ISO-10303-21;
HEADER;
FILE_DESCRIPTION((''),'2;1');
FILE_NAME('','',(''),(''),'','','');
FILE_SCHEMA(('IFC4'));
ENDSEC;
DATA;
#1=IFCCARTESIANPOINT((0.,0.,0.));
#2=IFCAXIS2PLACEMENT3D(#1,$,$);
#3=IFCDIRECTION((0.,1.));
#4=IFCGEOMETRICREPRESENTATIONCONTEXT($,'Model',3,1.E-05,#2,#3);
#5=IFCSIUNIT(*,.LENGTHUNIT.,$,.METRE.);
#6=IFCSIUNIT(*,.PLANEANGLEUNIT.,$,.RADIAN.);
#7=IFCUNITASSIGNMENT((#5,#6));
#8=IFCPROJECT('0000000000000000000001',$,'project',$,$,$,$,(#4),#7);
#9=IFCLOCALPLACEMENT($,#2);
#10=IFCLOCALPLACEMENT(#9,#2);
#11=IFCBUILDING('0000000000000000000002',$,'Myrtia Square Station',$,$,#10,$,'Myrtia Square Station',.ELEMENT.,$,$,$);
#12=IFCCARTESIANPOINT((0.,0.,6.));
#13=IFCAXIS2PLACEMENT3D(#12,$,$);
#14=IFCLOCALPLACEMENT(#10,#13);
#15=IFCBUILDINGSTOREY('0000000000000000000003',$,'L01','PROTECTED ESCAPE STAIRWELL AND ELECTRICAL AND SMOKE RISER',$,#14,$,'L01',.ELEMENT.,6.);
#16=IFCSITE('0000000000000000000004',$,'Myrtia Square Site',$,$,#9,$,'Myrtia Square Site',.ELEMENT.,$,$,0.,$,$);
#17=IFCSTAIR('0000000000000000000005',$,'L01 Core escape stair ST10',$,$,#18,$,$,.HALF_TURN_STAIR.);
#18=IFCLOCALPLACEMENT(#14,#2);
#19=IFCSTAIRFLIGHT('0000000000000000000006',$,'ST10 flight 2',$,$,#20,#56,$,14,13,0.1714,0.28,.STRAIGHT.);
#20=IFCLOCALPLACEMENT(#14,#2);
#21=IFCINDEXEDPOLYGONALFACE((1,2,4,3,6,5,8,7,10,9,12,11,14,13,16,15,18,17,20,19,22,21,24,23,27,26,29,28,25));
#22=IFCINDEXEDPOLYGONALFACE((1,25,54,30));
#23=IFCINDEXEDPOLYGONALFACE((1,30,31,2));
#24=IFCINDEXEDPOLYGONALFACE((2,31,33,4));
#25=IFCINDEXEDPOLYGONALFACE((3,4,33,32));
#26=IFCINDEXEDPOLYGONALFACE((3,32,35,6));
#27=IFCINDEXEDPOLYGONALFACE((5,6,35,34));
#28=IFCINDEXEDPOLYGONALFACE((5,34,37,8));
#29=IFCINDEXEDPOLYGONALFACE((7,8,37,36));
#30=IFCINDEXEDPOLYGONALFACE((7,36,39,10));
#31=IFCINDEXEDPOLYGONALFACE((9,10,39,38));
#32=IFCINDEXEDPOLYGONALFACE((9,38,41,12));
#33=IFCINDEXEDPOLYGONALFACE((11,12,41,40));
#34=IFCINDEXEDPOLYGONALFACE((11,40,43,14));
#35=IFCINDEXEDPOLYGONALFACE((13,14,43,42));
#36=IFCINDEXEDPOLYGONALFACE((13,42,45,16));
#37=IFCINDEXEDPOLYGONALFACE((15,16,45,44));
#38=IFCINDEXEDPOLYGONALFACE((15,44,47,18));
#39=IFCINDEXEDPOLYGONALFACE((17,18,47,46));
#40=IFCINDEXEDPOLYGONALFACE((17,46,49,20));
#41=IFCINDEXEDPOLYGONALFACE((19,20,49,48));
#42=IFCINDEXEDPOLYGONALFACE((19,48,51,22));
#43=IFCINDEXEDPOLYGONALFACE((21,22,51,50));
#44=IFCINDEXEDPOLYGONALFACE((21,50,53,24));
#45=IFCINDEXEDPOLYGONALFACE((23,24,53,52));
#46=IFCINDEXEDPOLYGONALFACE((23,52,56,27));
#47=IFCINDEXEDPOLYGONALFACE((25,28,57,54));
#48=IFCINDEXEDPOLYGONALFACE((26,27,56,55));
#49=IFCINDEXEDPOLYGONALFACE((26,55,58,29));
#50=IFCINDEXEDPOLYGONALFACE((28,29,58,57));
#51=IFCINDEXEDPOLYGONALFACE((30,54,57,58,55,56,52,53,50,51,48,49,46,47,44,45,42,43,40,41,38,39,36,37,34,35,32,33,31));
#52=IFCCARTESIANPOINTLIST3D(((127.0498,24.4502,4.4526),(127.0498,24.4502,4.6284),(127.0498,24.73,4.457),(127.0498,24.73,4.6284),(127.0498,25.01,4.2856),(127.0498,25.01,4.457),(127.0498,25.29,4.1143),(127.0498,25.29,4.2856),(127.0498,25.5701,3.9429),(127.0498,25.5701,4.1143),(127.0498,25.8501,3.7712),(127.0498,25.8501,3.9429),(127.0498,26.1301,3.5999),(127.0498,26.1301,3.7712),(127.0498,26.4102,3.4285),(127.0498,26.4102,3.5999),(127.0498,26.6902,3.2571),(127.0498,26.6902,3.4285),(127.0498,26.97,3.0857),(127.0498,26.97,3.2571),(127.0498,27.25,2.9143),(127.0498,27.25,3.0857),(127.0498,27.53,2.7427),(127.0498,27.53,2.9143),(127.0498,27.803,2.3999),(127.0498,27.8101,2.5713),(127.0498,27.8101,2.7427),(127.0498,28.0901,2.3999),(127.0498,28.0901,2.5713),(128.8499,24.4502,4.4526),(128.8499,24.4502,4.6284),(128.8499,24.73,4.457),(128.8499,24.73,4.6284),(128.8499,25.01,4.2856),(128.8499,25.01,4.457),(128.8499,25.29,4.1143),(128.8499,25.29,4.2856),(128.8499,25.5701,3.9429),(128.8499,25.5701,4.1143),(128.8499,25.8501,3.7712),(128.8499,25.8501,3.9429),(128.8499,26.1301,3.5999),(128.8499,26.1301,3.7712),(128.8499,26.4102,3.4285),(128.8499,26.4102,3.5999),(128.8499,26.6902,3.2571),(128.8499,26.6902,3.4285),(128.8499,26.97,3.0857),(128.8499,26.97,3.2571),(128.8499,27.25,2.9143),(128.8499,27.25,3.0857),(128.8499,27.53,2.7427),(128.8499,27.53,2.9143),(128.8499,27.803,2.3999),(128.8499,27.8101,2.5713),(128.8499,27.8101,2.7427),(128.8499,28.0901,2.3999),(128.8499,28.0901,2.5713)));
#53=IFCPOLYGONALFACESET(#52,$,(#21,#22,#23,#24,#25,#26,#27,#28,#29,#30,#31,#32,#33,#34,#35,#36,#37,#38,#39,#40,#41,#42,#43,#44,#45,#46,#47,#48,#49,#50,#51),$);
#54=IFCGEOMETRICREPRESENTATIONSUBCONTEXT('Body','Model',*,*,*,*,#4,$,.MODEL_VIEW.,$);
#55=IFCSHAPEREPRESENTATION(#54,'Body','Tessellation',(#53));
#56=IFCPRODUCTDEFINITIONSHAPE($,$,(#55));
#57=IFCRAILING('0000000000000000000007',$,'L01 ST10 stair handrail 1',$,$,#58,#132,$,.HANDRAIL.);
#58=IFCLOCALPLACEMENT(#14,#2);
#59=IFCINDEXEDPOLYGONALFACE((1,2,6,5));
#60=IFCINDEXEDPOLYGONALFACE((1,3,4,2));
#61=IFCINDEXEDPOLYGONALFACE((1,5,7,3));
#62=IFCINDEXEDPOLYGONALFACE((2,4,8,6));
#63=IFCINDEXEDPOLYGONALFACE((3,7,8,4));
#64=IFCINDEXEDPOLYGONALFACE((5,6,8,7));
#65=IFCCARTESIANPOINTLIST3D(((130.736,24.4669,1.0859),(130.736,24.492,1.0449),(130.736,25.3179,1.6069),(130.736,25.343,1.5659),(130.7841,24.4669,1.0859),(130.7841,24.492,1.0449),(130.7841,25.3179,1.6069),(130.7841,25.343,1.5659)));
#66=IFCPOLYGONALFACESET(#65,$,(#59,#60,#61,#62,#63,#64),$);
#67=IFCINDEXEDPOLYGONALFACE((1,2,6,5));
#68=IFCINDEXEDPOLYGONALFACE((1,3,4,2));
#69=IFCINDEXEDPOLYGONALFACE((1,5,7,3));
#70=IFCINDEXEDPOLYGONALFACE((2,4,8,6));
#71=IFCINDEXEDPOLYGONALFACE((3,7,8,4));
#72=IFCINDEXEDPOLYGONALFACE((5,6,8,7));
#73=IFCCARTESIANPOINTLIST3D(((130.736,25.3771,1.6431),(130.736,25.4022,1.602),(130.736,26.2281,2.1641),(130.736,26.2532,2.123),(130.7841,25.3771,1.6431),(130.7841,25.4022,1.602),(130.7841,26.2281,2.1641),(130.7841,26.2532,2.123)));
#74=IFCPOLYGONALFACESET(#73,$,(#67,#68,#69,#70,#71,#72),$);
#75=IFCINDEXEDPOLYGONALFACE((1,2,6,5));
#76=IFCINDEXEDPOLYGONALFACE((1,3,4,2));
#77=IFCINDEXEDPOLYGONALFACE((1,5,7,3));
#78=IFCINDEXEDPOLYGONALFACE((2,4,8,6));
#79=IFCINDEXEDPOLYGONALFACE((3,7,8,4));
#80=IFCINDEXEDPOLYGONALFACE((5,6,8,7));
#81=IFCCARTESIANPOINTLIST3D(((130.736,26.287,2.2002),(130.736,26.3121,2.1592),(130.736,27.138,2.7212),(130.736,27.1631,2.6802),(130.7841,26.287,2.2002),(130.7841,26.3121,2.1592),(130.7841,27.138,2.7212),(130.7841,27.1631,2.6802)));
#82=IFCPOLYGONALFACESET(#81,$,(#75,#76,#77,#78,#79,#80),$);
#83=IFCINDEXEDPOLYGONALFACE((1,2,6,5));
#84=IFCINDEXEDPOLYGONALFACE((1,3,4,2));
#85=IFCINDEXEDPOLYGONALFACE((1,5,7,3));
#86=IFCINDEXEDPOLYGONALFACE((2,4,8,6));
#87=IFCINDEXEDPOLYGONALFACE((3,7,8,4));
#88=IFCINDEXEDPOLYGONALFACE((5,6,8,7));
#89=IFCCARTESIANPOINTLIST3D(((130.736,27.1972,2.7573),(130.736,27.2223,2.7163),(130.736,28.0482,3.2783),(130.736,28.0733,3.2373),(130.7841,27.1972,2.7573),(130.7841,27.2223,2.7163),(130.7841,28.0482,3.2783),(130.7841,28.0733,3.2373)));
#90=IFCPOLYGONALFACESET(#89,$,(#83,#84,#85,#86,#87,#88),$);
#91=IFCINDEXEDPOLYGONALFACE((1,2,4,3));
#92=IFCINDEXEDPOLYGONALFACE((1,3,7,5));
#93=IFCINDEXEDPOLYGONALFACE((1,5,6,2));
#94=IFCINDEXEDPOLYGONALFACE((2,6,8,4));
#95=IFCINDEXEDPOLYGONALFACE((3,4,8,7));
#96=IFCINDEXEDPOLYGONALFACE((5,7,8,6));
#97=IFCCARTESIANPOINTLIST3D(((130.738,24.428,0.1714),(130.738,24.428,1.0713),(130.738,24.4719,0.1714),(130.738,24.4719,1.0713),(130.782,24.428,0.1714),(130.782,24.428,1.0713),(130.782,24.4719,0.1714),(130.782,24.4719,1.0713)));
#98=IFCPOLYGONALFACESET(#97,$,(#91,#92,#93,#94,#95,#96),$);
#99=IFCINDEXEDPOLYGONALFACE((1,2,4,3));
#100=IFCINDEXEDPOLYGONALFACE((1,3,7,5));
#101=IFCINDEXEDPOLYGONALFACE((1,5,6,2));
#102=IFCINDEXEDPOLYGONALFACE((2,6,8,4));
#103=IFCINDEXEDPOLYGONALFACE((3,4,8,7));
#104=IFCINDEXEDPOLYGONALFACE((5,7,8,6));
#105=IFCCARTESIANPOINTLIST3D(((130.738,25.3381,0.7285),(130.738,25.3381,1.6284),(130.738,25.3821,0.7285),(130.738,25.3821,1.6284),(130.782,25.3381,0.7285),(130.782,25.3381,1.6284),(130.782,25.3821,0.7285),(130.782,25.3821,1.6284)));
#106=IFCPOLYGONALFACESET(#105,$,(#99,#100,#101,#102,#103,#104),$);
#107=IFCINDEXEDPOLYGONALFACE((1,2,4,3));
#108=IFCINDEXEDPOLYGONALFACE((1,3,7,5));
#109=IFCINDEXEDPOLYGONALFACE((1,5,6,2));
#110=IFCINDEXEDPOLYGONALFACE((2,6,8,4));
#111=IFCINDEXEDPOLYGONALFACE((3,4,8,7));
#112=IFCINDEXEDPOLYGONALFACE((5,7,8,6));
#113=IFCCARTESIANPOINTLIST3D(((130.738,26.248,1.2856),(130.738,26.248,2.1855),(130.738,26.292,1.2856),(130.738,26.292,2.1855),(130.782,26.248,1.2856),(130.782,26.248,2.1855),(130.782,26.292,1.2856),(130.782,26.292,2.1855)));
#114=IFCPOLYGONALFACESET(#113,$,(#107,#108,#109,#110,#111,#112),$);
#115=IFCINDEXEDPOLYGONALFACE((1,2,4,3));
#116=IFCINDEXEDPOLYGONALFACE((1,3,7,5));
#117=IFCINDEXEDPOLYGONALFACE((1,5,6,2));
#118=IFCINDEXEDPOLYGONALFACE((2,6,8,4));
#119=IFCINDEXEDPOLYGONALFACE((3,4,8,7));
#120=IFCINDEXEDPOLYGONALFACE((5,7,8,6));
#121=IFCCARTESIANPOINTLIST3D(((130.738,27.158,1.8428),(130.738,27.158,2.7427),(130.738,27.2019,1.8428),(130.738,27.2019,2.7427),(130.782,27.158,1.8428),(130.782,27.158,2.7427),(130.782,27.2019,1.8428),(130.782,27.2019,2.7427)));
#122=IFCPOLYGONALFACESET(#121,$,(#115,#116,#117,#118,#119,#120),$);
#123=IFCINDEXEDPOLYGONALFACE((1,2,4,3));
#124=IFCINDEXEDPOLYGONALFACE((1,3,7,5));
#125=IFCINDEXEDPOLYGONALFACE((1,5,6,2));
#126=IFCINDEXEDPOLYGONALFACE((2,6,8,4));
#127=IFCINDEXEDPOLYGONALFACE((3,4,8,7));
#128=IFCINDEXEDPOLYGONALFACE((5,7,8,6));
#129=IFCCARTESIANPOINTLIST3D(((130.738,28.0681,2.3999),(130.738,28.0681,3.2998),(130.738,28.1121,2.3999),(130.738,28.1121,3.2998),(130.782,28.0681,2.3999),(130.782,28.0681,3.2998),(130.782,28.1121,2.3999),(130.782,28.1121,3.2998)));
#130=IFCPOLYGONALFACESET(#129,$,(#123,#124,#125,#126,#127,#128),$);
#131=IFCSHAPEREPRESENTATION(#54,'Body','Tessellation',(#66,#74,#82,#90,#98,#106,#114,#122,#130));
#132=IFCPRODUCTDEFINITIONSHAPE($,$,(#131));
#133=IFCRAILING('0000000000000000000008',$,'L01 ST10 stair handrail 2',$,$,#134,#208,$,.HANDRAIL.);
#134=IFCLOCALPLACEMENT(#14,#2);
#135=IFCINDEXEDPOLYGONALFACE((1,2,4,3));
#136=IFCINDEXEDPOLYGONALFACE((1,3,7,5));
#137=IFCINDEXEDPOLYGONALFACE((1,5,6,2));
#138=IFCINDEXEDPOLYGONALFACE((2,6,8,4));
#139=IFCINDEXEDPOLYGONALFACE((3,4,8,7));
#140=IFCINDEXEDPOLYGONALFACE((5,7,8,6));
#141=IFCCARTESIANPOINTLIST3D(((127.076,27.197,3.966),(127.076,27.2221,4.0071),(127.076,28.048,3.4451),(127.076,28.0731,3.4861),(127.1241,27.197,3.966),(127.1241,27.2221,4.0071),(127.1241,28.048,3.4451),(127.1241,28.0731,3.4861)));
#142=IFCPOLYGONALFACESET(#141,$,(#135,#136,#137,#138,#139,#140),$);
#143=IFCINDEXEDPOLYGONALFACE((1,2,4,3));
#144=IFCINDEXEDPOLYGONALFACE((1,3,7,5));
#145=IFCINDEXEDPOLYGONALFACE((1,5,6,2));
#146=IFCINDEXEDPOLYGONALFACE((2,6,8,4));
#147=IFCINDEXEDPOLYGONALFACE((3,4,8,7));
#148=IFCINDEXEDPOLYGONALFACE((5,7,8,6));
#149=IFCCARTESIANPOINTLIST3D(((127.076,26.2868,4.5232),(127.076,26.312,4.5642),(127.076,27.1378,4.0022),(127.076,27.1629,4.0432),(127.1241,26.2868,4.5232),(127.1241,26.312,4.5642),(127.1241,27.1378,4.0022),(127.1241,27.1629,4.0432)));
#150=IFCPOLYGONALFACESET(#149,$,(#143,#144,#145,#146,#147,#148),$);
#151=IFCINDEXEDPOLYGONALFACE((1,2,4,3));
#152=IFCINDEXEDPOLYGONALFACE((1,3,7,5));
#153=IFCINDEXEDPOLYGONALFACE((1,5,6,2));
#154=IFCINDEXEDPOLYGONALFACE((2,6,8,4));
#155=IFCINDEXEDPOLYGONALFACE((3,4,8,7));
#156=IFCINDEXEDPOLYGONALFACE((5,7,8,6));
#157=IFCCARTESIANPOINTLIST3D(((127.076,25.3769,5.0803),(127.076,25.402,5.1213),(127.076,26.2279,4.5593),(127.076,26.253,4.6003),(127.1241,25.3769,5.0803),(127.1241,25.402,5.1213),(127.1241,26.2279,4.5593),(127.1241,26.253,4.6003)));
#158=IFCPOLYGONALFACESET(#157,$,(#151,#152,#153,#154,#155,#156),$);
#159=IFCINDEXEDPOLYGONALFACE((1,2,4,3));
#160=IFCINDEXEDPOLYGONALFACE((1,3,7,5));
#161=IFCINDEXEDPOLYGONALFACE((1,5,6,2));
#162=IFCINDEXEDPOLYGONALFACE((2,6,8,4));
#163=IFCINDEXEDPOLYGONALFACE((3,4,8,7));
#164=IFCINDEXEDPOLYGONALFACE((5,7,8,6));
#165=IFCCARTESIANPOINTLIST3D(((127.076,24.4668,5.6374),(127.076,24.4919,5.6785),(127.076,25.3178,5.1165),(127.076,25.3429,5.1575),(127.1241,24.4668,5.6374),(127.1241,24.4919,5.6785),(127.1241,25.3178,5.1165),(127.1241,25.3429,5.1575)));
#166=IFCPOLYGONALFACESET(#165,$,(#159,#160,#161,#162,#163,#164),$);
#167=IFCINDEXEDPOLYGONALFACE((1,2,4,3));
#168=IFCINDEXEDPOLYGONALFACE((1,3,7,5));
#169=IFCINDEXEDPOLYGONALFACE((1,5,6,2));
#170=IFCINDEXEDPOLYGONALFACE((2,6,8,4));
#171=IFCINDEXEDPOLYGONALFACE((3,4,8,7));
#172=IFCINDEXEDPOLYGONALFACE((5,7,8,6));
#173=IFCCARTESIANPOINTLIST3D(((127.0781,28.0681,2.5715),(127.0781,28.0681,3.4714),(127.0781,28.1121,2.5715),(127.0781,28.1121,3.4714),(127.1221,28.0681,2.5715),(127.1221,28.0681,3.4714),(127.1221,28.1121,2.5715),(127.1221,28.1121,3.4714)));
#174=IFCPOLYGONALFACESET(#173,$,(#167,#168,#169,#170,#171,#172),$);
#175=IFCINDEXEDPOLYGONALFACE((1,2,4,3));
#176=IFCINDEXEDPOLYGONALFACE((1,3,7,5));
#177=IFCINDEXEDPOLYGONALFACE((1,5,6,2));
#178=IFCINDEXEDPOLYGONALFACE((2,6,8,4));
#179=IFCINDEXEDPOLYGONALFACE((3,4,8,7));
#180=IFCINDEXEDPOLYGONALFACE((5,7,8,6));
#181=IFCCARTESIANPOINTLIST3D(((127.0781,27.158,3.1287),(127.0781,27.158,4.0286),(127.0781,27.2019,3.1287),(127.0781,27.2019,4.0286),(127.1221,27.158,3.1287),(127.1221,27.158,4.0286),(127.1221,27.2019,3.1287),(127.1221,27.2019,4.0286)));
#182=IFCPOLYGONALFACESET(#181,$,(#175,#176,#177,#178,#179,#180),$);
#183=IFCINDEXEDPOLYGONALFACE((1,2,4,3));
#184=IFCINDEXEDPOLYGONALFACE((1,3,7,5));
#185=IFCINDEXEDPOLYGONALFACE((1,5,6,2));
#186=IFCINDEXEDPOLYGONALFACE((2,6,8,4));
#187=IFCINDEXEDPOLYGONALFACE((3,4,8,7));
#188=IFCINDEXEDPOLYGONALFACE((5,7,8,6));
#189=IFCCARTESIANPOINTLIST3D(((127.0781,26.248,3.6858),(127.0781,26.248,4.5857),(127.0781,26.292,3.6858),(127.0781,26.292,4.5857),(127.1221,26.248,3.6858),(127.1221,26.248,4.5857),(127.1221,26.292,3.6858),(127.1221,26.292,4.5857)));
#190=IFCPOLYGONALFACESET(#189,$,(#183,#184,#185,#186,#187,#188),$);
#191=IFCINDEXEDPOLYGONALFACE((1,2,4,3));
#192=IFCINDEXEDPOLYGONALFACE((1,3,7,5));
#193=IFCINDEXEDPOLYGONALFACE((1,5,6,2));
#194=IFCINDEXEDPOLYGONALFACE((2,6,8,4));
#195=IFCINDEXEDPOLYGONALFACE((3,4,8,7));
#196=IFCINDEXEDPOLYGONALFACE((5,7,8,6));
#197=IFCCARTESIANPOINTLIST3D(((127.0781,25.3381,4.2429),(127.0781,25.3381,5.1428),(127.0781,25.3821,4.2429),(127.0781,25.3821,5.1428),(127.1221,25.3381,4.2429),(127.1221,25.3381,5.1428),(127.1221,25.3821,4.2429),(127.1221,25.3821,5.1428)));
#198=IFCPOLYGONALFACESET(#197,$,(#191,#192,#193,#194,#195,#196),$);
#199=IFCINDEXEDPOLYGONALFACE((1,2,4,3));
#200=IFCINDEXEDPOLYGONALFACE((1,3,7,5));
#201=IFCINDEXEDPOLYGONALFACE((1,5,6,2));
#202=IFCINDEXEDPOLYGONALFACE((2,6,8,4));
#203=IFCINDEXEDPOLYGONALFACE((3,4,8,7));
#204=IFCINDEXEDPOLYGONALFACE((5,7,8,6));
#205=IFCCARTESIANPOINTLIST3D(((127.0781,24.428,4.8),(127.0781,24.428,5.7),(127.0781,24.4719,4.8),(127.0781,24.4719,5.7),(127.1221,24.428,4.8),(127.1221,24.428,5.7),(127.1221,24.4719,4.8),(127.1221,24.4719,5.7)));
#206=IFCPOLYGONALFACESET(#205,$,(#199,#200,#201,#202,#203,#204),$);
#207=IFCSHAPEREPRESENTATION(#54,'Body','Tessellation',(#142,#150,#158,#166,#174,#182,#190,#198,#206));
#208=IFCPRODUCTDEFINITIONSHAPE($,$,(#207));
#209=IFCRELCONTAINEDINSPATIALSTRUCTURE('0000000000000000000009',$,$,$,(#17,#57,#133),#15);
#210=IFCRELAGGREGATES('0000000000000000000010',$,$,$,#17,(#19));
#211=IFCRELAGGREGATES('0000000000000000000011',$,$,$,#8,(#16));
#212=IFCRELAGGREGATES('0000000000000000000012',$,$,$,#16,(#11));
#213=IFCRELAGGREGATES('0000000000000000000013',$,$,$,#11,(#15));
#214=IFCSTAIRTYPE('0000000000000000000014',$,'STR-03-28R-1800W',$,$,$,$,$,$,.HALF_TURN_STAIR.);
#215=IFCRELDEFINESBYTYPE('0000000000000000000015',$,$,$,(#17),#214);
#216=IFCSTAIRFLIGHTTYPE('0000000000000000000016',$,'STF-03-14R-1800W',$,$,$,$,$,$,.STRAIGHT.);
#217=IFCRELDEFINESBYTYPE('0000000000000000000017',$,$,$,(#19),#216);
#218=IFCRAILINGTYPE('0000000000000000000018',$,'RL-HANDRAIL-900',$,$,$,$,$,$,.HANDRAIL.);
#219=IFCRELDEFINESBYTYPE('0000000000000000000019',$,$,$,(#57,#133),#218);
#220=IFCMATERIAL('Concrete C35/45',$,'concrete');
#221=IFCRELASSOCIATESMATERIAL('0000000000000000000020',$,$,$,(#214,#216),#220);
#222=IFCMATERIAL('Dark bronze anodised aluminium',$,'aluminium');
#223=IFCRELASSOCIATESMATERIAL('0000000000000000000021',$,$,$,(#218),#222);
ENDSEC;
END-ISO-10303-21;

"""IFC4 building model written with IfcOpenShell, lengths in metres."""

from ifc_helpers import new_model, si_unit, direction, frame, origin, origin_2d, place, context, subcontext, project, spatial, polyline, rectangle, outline, extrude, material, type_object, element, aggregate, save


model = new_model("IFC4")

# Units and contexts
model_context = context("Model", 3, precision=1e-05, world=origin(), true_north=direction((0.0, 1.0)))
body_context = subcontext(model_context, "Body", "Model", "MODEL_VIEW")
ifc_project = project(units=[si_unit("LENGTHUNIT", "METRE"), si_unit("PLANEANGLEUNIT", "RADIAN")], contexts=[model_context])

# Site, building, storey
site_placement = place(None, origin())
site = spatial("IfcSite", under=ifc_project, at=site_placement, Name="Myrtia Square Site", LongName="Myrtia Square Site", CompositionType="ELEMENT", RefElevation=0.0)
building_placement = place(site_placement, origin())
building = spatial("IfcBuilding", under=site, at=building_placement, Name="Myrtia Square Station", LongName="Myrtia Square Station", CompositionType="ELEMENT")
storey_placement = place(building_placement, frame((0.0, 0.0, 6.0)))
storey = spatial("IfcBuildingStorey", under=building, at=storey_placement, Name="L01", Description="PROTECTED ESCAPE STAIRWELL AND ELECTRICAL AND SMOKE RISER", LongName="L01", CompositionType="ELEMENT", Elevation=6.0)

# Shared definitions
ifc_material_1 = material(Name="Concrete C35/45", Category="concrete")
ifc_material_2 = material(Name="Dark bronze anodised aluminium", Category="aluminium")

# Stair, stair flight
stair_type = type_object("IfcStairType", Name="STR-03-28R-1800W", PredefinedType="HALF_TURN_STAIR", material=ifc_material_1)
stair_placement = place(storey_placement, origin())
stair = element("IfcStair", 1, at=stair_placement, inside=storey, type_object=stair_type, Name="L01 Core escape stair ST10", PredefinedType="HALF_TURN_STAIR")
stair_flight_type = type_object("IfcStairFlightType", Name="STF-03-14R-1800W", PredefinedType="STRAIGHT", material=ifc_material_1)
stair_flight_1_placement = place(storey_placement, frame((127.95, 28.0901, 2.3999), z_axis=(0.0, 0.0, 1.0), x_axis=(0.0, -1.0, 0.0)))
stair_flight_1 = element("IfcStairFlight", 2, at=stair_flight_1_placement, type_object=stair_flight_type, Name="ST10 flight 2", NumberOfRisers=14, NumberOfTreads=13, PredefinedType="STRAIGHT", RiserHeight=0.1714, TreadLength=0.28, context=body_context, shape_type="SweptSolid", body=[
    extrude(outline(polyline([(0.0, 0.0), (0.0, 0.1714), (0.28, 0.1714), (0.28, 0.3428), (0.5601, 0.3428), (0.5601, 0.5144), (0.8401, 0.5144), (0.8401, 0.6858), (1.1201, 0.6858), (1.1201, 0.8572), (1.3999, 0.8572), (1.3999, 1.0286), (1.6799, 1.0286), (1.6799, 1.2), (1.96, 1.2), (1.96, 1.3713), (2.24, 1.3713), (2.24, 1.543), (2.52, 1.543), (2.52, 1.7144), (2.8, 1.7144), (2.8, 1.8857), (3.0801, 1.8857), (3.0801, 2.0571), (3.3601, 2.0571), (3.3601, 2.2285), (3.6399, 2.2285), (3.6399, 2.3999), (3.6399, 2.0527), (0.2871, 0.0), (0.0, 0.0)])), frame((0.0, 0.8999, 0.0), z_axis=(0.0, -1.0, 0.0), x_axis=(1.0, 0.0, 0.0)), (0.0, 0.0, 1.0), 1.8),
])
aggregate(stair, [stair_flight_1])

# Railings
railing_type_1 = type_object("IfcRailingType", Name="RL-HANDRAIL-900", PredefinedType="HANDRAIL", material=ifc_material_2)
railing_1_placement = place(storey_placement, frame((130.76, 24.45, 0.1714)))
element("IfcRailing", 3, at=railing_1_placement, inside=storey, type_object=railing_type_1, Name="L01 ST10 stair handrail 1", PredefinedType="HANDRAIL", context=body_context, shape_type="SweptSolid", body=[
    extrude(rectangle(XDim=0.0481, YDim=0.0481, at=origin_2d()), frame((0.0, 0.0295, 0.894), z_axis=(0.0, 0.852866, 0.52213), x_axis=(-1.0, 0.0, 0.0)), (0.0, 0.0, 1.0), 0.9978),
    extrude(rectangle(XDim=0.0481, YDim=0.0481, at=origin_2d()), frame((0.0, 0.9397, 1.4512), z_axis=(0.0, 0.852866, 0.52213), x_axis=(-1.0, 0.0, 0.0)), (0.0, 0.0, 1.0), 0.9978),
    extrude(rectangle(XDim=0.0481, YDim=0.0481, at=origin_2d()), frame((0.0, 1.8496, 2.0083), z_axis=(0.0, 0.852866, 0.52213), x_axis=(-1.0, 0.0, 0.0)), (0.0, 0.0, 1.0), 0.9978),
    extrude(rectangle(XDim=0.0481, YDim=0.0481, at=origin_2d()), frame((0.0, 2.7598, 2.5654), z_axis=(0.0, 0.852866, 0.52213), x_axis=(-1.0, 0.0, 0.0)), (0.0, 0.0, 1.0), 0.9978),
    extrude(rectangle(XDim=0.0439, YDim=0.0439, at=origin_2d()), origin(), (0.0, 0.0, 1.0), 0.8999),
    extrude(rectangle(XDim=0.0439, YDim=0.0439, at=origin_2d()), frame((0.0, 0.9102, 0.5571)), (0.0, 0.0, 1.0), 0.8999),
    extrude(rectangle(XDim=0.0439, YDim=0.0439, at=origin_2d()), frame((0.0, 1.8201, 1.1143)), (0.0, 0.0, 1.0), 0.8999),
    extrude(rectangle(XDim=0.0439, YDim=0.0439, at=origin_2d()), frame((0.0, 2.73, 1.6714)), (0.0, 0.0, 1.0), 0.8999),
    extrude(rectangle(XDim=0.0439, YDim=0.0439, at=origin_2d()), frame((0.0, 3.6401, 2.2285)), (0.0, 0.0, 1.0), 0.8999),
])
railing_2_placement = place(storey_placement, frame((127.1001, 28.0901, 2.5715)))
element("IfcRailing", 4, at=railing_2_placement, inside=storey, type_object=railing_type_1, Name="L01 ST10 stair handrail 2", PredefinedType="HANDRAIL", context=body_context, shape_type="SweptSolid", body=[
    extrude(rectangle(XDim=0.0481, YDim=0.0481, at=origin_2d()), frame((0.0, -0.0295, 0.894), z_axis=(0.0, -0.852866, 0.52213), x_axis=(1.0, 0.0, 0.0)), (0.0, 0.0, 1.0), 0.9978),
    extrude(rectangle(XDim=0.0481, YDim=0.0481, at=origin_2d()), frame((0.0, -0.9397, 1.4512), z_axis=(0.0, -0.852866, 0.52213), x_axis=(1.0, 0.0, 0.0)), (0.0, 0.0, 1.0), 0.9978),
    extrude(rectangle(XDim=0.0481, YDim=0.0481, at=origin_2d()), frame((0.0, -1.8496, 2.0083), z_axis=(0.0, -0.852866, 0.52213), x_axis=(1.0, 0.0, 0.0)), (0.0, 0.0, 1.0), 0.9978),
    extrude(rectangle(XDim=0.0481, YDim=0.0481, at=origin_2d()), frame((0.0, -2.7598, 2.5654), z_axis=(0.0, -0.852866, 0.52213), x_axis=(1.0, 0.0, 0.0)), (0.0, 0.0, 1.0), 0.9978),
    extrude(rectangle(XDim=0.0439, YDim=0.0439, at=origin_2d()), origin(), (0.0, 0.0, 1.0), 0.8999),
    extrude(rectangle(XDim=0.0439, YDim=0.0439, at=origin_2d()), frame((0.0, -0.9102, 0.5571)), (0.0, 0.0, 1.0), 0.8999),
    extrude(rectangle(XDim=0.0439, YDim=0.0439, at=origin_2d()), frame((0.0, -1.8201, 1.1143)), (0.0, 0.0, 1.0), 0.8999),
    extrude(rectangle(XDim=0.0439, YDim=0.0439, at=origin_2d()), frame((0.0, -2.73, 1.6714)), (0.0, 0.0, 1.0), 0.8999),
    extrude(rectangle(XDim=0.0439, YDim=0.0439, at=origin_2d()), frame((0.0, -3.6401, 2.2285)), (0.0, 0.0, 1.0), 0.8999),
])

save(model, "model.ifc")
